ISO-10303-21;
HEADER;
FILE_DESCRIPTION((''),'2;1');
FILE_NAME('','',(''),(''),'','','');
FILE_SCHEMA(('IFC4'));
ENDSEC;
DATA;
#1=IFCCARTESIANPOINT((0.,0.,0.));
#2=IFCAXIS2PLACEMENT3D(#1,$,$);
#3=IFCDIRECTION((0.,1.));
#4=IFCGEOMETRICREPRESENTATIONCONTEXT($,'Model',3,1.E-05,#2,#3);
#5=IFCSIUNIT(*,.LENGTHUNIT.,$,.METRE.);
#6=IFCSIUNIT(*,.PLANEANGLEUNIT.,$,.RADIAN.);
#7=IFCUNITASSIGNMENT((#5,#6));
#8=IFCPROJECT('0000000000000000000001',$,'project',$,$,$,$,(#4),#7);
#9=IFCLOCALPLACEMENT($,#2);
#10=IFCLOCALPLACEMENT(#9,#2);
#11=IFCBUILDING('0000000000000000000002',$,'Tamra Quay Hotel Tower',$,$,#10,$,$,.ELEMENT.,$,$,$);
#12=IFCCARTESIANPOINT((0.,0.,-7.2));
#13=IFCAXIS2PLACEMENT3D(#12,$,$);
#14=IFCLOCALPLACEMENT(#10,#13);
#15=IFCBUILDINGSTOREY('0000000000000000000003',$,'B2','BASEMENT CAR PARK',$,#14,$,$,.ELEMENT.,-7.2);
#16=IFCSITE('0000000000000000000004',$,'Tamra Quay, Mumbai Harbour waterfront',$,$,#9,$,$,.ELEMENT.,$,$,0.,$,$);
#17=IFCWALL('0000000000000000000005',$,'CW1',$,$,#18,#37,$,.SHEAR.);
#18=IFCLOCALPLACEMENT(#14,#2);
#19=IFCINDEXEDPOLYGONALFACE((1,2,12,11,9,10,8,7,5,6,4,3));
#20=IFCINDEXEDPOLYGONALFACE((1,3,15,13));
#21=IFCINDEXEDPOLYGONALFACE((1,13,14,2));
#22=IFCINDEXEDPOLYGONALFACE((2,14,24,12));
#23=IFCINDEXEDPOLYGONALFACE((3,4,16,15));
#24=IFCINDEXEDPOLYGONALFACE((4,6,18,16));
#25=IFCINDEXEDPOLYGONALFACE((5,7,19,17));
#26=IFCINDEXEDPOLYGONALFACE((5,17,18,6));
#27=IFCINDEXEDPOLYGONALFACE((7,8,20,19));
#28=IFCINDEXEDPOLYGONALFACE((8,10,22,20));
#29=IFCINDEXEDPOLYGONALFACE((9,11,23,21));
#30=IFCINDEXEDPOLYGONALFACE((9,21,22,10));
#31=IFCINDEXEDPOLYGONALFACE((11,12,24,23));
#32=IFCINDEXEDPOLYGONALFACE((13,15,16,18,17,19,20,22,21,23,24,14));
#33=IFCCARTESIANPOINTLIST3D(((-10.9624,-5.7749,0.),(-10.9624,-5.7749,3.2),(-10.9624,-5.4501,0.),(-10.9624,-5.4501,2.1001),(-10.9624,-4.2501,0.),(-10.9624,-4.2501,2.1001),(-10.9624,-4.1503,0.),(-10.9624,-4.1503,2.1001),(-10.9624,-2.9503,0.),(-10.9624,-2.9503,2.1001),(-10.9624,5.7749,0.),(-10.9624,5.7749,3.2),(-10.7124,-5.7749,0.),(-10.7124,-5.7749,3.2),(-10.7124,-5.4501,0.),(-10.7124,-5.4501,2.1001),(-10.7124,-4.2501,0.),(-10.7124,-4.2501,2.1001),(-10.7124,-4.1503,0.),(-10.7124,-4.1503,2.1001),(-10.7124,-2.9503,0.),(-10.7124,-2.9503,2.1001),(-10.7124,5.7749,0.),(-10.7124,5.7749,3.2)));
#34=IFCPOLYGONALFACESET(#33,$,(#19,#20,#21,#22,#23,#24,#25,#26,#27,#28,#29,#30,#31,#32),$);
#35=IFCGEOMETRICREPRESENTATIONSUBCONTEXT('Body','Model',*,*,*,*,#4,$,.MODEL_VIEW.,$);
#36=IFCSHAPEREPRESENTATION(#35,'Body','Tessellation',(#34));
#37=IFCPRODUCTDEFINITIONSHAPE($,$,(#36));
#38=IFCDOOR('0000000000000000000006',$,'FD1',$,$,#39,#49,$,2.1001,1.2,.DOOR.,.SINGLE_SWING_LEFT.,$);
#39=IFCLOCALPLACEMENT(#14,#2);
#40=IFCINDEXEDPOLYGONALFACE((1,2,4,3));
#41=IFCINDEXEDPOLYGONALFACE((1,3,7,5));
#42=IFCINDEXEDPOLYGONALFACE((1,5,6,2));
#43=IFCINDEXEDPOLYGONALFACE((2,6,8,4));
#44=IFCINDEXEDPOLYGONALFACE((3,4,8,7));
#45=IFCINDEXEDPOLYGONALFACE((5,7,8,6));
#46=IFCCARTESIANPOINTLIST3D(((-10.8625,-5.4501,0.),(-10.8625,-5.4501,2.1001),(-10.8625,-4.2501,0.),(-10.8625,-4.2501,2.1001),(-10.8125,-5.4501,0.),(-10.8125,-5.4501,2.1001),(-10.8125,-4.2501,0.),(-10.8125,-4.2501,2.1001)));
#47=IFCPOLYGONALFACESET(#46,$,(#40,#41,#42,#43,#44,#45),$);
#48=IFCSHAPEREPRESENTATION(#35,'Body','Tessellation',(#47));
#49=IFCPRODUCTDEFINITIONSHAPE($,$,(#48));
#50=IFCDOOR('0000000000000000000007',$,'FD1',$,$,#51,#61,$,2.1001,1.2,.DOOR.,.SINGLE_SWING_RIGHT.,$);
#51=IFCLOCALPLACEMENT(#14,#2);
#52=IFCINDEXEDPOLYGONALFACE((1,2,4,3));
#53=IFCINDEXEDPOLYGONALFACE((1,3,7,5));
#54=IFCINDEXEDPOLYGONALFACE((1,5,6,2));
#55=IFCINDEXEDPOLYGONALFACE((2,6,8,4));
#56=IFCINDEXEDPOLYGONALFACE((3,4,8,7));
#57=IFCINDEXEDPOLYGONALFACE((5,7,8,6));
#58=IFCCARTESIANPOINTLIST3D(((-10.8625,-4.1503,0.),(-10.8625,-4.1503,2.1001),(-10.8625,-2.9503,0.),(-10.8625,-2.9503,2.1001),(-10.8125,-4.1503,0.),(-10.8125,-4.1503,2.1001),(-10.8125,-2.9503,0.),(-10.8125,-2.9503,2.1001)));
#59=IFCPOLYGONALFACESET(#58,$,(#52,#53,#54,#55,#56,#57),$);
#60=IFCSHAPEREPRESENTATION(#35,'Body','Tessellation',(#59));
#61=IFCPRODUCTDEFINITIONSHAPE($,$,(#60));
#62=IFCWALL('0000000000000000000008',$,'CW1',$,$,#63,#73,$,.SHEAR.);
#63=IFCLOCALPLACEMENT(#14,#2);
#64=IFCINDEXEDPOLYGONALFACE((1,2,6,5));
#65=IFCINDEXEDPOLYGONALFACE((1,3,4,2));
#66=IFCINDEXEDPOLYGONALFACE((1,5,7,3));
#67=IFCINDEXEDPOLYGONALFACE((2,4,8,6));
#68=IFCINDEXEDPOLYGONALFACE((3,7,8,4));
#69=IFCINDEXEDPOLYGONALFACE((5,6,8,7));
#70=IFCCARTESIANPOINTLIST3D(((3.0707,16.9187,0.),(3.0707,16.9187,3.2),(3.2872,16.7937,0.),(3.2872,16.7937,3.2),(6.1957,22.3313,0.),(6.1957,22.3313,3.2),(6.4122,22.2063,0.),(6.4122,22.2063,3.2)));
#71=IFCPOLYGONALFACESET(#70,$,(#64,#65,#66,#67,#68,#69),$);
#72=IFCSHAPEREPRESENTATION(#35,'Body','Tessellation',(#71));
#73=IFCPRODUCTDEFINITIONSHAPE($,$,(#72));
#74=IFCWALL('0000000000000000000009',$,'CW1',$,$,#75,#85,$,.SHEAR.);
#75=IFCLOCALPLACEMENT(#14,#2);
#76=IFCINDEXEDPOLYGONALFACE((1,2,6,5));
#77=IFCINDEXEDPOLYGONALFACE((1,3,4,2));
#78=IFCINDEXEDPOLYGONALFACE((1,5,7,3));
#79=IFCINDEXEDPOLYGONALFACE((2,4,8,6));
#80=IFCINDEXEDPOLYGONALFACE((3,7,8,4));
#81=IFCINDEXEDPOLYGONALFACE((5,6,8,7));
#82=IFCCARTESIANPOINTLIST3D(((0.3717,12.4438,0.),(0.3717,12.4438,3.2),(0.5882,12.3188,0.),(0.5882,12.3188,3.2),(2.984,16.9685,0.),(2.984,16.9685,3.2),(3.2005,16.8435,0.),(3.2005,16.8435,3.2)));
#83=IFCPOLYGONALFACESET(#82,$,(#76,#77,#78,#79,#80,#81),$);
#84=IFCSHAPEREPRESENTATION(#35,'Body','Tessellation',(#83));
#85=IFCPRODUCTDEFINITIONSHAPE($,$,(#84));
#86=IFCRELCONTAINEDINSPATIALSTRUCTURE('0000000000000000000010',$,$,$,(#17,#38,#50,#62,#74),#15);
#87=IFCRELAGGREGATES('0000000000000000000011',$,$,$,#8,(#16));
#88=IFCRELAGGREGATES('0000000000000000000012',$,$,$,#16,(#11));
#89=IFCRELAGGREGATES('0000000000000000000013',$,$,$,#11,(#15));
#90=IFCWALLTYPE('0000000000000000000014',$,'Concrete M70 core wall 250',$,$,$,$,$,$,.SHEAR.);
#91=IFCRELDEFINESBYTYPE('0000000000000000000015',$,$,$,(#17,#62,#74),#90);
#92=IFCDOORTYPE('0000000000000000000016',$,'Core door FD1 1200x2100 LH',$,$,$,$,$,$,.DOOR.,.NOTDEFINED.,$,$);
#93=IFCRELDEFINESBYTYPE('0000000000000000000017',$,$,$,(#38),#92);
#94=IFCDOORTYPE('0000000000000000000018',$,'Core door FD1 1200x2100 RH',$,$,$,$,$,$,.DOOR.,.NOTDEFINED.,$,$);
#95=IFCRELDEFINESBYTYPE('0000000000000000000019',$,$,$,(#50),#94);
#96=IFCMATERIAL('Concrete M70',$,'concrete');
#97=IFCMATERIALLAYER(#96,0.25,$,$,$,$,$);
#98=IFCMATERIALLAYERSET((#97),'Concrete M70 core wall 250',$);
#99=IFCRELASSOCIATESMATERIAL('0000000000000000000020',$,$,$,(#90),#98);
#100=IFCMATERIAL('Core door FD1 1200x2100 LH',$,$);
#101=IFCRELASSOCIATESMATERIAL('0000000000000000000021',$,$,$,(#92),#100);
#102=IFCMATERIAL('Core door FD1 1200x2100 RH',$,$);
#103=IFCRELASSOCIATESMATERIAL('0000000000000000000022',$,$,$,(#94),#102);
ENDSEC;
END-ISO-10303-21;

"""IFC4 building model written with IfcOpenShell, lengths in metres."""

from ifc_helpers import new_model, si_unit, direction, frame, frame_2d, origin, place, context, subcontext, project, spatial, rectangle, extrude, material, layer, layer_set, type_object, element, fill, save


model = new_model("IFC4")

# Units and contexts
model_context = context("Model", 3, precision=1e-05, world=origin(), true_north=direction((0.0, 1.0)))
body_context = subcontext(model_context, "Body", "Model", "MODEL_VIEW")
ifc_project = project(units=[si_unit("LENGTHUNIT", "METRE"), si_unit("PLANEANGLEUNIT", "RADIAN")], contexts=[model_context])

# Site, building, storey
site_placement = place(None, origin())
site = spatial("IfcSite", under=ifc_project, at=site_placement, Name="Tamra Quay, Mumbai Harbour waterfront", CompositionType="ELEMENT", RefElevation=0.0)
building_placement = place(site_placement, origin())
building = spatial("IfcBuilding", under=site, at=building_placement, Name="Tamra Quay Hotel Tower", CompositionType="ELEMENT")
storey_placement = place(building_placement, frame((0.0, 0.0, -7.2)))
storey = spatial("IfcBuildingStorey", under=building, at=storey_placement, Name="B2", Description="BASEMENT CAR PARK", CompositionType="ELEMENT", Elevation=-7.2)

# Shared definitions
ifc_material_1 = material(Name="Concrete M70", Category="concrete")

# Wall, openings, doors
ifc_layer_1 = layer(ifc_material_1, 0.25)
ifc_layer_set_1 = layer_set([ifc_layer_1], Name="Concrete M70 core wall 250")
wall_type_1 = type_object("IfcWallType", Name="Concrete M70 core wall 250", PredefinedType="SHEAR", material=ifc_layer_set_1)
wall_1_placement = place(storey_placement, frame((-10.8374, 5.7749, 0.0), z_axis=(0.0, 0.0, 1.0), x_axis=(0.0, -1.0, 0.0)))
wall_1 = element("IfcWall", 1, at=wall_1_placement, inside=storey, type_object=wall_type_1, Name="CW1", PredefinedType="SHEAR", context=body_context, shape_type="SweptSolid", body=[
    extrude(rectangle(XDim=11.5498, YDim=0.25, at=frame_2d((5.7749, 0.0))), origin(), (0.0, 0.0, 1.0), 3.2),
])
opening_1_placement = place(wall_1_placement, frame((10.0249, 0.0, 0.0)))
opening_1 = element("IfcOpeningElement", 2, at=opening_1_placement, cuts=wall_1, PredefinedType="OPENING", context=body_context, shape_type="SweptSolid", body=[
    extrude(rectangle(XDim=1.2, YDim=2.1001, at=frame_2d((0.6001, 1.05))), frame((0.0, 0.135, 0.0), z_axis=(0.0, -1.0, 0.0), x_axis=(1.0, 0.0, 0.0)), (0.0, 0.0, 1.0), 0.27),
])
opening_2_placement = place(wall_1_placement, frame((8.7251, 0.0, 0.0)))
opening_2 = element("IfcOpeningElement", 3, at=opening_2_placement, cuts=wall_1, PredefinedType="OPENING", context=body_context, shape_type="SweptSolid", body=[
    extrude(rectangle(XDim=1.2, YDim=2.1001, at=frame_2d((0.6001, 1.05))), frame((0.0, 0.135, 0.0), z_axis=(0.0, -1.0, 0.0), x_axis=(1.0, 0.0, 0.0)), (0.0, 0.0, 1.0), 0.27),
])
ifc_material_2 = material(Name="Core door FD1 1200x2100 LH")
door_type_1 = type_object("IfcDoorType", Name="Core door FD1 1200x2100 LH", OperationType="NOTDEFINED", PredefinedType="DOOR", material=ifc_material_2)
door_1_placement = place(opening_1_placement, origin())
door_1 = element("IfcDoor", 4, at=door_1_placement, inside=storey, type_object=door_type_1, Name="FD1", OperationType="SINGLE_SWING_LEFT", OverallHeight=2.1001, OverallWidth=1.2, PredefinedType="DOOR", context=body_context, shape_type="SweptSolid", body=[
    extrude(rectangle(XDim=1.2, YDim=2.1001, at=frame_2d((0.6001, 1.05))), frame((0.0, 0.0249, 0.0), z_axis=(0.0, -1.0, 0.0), x_axis=(1.0, 0.0, 0.0)), (0.0, 0.0, 1.0), 0.05),
])
fill(opening_1, door_1)
ifc_material_3 = material(Name="Core door FD1 1200x2100 RH")
door_type_2 = type_object("IfcDoorType", Name="Core door FD1 1200x2100 RH", OperationType="NOTDEFINED", PredefinedType="DOOR", material=ifc_material_3)
door_2_placement = place(opening_2_placement, origin())
door_2 = element("IfcDoor", 5, at=door_2_placement, inside=storey, type_object=door_type_2, Name="FD1", OperationType="SINGLE_SWING_RIGHT", OverallHeight=2.1001, OverallWidth=1.2, PredefinedType="DOOR", context=body_context, shape_type="SweptSolid", body=[
    extrude(rectangle(XDim=1.2, YDim=2.1001, at=frame_2d((0.6001, 1.05))), frame((0.0, 0.0249, 0.0), z_axis=(0.0, -1.0, 0.0), x_axis=(1.0, 0.0, 0.0)), (0.0, 0.0, 1.0), 0.05),
])
fill(opening_2, door_2)

# Walls
wall_2_placement = place(storey_placement, frame((3.179, 16.8562, 0.0), z_axis=(0.0, 0.0, 1.0), x_axis=(0.500004, 0.866023, 0.0)))
element("IfcWall", 6, at=wall_2_placement, inside=storey, type_object=wall_type_1, Name="CW1", PredefinedType="SHEAR", context=body_context, shape_type="SweptSolid", body=[
    extrude(rectangle(XDim=6.25, YDim=0.25, at=frame_2d((3.125, 0.0))), origin(), (0.0, 0.0, 1.0), 3.2),
])
wall_3_placement = place(storey_placement, frame((0.48, 12.3813, 0.0), z_axis=(0.0, 0.0, 1.0), x_axis=(0.499999, 0.866026, 0.0)))
element("IfcWall", 7, at=wall_3_placement, inside=storey, type_object=wall_type_1, Name="CW1", PredefinedType="SHEAR", context=body_context, shape_type="SweptSolid", body=[
    extrude(rectangle(XDim=5.2246, YDim=0.25, at=frame_2d((2.6123, 0.0))), origin(), (0.0, 0.0, 1.0), 3.2),
])

save(model, "model.ifc")
